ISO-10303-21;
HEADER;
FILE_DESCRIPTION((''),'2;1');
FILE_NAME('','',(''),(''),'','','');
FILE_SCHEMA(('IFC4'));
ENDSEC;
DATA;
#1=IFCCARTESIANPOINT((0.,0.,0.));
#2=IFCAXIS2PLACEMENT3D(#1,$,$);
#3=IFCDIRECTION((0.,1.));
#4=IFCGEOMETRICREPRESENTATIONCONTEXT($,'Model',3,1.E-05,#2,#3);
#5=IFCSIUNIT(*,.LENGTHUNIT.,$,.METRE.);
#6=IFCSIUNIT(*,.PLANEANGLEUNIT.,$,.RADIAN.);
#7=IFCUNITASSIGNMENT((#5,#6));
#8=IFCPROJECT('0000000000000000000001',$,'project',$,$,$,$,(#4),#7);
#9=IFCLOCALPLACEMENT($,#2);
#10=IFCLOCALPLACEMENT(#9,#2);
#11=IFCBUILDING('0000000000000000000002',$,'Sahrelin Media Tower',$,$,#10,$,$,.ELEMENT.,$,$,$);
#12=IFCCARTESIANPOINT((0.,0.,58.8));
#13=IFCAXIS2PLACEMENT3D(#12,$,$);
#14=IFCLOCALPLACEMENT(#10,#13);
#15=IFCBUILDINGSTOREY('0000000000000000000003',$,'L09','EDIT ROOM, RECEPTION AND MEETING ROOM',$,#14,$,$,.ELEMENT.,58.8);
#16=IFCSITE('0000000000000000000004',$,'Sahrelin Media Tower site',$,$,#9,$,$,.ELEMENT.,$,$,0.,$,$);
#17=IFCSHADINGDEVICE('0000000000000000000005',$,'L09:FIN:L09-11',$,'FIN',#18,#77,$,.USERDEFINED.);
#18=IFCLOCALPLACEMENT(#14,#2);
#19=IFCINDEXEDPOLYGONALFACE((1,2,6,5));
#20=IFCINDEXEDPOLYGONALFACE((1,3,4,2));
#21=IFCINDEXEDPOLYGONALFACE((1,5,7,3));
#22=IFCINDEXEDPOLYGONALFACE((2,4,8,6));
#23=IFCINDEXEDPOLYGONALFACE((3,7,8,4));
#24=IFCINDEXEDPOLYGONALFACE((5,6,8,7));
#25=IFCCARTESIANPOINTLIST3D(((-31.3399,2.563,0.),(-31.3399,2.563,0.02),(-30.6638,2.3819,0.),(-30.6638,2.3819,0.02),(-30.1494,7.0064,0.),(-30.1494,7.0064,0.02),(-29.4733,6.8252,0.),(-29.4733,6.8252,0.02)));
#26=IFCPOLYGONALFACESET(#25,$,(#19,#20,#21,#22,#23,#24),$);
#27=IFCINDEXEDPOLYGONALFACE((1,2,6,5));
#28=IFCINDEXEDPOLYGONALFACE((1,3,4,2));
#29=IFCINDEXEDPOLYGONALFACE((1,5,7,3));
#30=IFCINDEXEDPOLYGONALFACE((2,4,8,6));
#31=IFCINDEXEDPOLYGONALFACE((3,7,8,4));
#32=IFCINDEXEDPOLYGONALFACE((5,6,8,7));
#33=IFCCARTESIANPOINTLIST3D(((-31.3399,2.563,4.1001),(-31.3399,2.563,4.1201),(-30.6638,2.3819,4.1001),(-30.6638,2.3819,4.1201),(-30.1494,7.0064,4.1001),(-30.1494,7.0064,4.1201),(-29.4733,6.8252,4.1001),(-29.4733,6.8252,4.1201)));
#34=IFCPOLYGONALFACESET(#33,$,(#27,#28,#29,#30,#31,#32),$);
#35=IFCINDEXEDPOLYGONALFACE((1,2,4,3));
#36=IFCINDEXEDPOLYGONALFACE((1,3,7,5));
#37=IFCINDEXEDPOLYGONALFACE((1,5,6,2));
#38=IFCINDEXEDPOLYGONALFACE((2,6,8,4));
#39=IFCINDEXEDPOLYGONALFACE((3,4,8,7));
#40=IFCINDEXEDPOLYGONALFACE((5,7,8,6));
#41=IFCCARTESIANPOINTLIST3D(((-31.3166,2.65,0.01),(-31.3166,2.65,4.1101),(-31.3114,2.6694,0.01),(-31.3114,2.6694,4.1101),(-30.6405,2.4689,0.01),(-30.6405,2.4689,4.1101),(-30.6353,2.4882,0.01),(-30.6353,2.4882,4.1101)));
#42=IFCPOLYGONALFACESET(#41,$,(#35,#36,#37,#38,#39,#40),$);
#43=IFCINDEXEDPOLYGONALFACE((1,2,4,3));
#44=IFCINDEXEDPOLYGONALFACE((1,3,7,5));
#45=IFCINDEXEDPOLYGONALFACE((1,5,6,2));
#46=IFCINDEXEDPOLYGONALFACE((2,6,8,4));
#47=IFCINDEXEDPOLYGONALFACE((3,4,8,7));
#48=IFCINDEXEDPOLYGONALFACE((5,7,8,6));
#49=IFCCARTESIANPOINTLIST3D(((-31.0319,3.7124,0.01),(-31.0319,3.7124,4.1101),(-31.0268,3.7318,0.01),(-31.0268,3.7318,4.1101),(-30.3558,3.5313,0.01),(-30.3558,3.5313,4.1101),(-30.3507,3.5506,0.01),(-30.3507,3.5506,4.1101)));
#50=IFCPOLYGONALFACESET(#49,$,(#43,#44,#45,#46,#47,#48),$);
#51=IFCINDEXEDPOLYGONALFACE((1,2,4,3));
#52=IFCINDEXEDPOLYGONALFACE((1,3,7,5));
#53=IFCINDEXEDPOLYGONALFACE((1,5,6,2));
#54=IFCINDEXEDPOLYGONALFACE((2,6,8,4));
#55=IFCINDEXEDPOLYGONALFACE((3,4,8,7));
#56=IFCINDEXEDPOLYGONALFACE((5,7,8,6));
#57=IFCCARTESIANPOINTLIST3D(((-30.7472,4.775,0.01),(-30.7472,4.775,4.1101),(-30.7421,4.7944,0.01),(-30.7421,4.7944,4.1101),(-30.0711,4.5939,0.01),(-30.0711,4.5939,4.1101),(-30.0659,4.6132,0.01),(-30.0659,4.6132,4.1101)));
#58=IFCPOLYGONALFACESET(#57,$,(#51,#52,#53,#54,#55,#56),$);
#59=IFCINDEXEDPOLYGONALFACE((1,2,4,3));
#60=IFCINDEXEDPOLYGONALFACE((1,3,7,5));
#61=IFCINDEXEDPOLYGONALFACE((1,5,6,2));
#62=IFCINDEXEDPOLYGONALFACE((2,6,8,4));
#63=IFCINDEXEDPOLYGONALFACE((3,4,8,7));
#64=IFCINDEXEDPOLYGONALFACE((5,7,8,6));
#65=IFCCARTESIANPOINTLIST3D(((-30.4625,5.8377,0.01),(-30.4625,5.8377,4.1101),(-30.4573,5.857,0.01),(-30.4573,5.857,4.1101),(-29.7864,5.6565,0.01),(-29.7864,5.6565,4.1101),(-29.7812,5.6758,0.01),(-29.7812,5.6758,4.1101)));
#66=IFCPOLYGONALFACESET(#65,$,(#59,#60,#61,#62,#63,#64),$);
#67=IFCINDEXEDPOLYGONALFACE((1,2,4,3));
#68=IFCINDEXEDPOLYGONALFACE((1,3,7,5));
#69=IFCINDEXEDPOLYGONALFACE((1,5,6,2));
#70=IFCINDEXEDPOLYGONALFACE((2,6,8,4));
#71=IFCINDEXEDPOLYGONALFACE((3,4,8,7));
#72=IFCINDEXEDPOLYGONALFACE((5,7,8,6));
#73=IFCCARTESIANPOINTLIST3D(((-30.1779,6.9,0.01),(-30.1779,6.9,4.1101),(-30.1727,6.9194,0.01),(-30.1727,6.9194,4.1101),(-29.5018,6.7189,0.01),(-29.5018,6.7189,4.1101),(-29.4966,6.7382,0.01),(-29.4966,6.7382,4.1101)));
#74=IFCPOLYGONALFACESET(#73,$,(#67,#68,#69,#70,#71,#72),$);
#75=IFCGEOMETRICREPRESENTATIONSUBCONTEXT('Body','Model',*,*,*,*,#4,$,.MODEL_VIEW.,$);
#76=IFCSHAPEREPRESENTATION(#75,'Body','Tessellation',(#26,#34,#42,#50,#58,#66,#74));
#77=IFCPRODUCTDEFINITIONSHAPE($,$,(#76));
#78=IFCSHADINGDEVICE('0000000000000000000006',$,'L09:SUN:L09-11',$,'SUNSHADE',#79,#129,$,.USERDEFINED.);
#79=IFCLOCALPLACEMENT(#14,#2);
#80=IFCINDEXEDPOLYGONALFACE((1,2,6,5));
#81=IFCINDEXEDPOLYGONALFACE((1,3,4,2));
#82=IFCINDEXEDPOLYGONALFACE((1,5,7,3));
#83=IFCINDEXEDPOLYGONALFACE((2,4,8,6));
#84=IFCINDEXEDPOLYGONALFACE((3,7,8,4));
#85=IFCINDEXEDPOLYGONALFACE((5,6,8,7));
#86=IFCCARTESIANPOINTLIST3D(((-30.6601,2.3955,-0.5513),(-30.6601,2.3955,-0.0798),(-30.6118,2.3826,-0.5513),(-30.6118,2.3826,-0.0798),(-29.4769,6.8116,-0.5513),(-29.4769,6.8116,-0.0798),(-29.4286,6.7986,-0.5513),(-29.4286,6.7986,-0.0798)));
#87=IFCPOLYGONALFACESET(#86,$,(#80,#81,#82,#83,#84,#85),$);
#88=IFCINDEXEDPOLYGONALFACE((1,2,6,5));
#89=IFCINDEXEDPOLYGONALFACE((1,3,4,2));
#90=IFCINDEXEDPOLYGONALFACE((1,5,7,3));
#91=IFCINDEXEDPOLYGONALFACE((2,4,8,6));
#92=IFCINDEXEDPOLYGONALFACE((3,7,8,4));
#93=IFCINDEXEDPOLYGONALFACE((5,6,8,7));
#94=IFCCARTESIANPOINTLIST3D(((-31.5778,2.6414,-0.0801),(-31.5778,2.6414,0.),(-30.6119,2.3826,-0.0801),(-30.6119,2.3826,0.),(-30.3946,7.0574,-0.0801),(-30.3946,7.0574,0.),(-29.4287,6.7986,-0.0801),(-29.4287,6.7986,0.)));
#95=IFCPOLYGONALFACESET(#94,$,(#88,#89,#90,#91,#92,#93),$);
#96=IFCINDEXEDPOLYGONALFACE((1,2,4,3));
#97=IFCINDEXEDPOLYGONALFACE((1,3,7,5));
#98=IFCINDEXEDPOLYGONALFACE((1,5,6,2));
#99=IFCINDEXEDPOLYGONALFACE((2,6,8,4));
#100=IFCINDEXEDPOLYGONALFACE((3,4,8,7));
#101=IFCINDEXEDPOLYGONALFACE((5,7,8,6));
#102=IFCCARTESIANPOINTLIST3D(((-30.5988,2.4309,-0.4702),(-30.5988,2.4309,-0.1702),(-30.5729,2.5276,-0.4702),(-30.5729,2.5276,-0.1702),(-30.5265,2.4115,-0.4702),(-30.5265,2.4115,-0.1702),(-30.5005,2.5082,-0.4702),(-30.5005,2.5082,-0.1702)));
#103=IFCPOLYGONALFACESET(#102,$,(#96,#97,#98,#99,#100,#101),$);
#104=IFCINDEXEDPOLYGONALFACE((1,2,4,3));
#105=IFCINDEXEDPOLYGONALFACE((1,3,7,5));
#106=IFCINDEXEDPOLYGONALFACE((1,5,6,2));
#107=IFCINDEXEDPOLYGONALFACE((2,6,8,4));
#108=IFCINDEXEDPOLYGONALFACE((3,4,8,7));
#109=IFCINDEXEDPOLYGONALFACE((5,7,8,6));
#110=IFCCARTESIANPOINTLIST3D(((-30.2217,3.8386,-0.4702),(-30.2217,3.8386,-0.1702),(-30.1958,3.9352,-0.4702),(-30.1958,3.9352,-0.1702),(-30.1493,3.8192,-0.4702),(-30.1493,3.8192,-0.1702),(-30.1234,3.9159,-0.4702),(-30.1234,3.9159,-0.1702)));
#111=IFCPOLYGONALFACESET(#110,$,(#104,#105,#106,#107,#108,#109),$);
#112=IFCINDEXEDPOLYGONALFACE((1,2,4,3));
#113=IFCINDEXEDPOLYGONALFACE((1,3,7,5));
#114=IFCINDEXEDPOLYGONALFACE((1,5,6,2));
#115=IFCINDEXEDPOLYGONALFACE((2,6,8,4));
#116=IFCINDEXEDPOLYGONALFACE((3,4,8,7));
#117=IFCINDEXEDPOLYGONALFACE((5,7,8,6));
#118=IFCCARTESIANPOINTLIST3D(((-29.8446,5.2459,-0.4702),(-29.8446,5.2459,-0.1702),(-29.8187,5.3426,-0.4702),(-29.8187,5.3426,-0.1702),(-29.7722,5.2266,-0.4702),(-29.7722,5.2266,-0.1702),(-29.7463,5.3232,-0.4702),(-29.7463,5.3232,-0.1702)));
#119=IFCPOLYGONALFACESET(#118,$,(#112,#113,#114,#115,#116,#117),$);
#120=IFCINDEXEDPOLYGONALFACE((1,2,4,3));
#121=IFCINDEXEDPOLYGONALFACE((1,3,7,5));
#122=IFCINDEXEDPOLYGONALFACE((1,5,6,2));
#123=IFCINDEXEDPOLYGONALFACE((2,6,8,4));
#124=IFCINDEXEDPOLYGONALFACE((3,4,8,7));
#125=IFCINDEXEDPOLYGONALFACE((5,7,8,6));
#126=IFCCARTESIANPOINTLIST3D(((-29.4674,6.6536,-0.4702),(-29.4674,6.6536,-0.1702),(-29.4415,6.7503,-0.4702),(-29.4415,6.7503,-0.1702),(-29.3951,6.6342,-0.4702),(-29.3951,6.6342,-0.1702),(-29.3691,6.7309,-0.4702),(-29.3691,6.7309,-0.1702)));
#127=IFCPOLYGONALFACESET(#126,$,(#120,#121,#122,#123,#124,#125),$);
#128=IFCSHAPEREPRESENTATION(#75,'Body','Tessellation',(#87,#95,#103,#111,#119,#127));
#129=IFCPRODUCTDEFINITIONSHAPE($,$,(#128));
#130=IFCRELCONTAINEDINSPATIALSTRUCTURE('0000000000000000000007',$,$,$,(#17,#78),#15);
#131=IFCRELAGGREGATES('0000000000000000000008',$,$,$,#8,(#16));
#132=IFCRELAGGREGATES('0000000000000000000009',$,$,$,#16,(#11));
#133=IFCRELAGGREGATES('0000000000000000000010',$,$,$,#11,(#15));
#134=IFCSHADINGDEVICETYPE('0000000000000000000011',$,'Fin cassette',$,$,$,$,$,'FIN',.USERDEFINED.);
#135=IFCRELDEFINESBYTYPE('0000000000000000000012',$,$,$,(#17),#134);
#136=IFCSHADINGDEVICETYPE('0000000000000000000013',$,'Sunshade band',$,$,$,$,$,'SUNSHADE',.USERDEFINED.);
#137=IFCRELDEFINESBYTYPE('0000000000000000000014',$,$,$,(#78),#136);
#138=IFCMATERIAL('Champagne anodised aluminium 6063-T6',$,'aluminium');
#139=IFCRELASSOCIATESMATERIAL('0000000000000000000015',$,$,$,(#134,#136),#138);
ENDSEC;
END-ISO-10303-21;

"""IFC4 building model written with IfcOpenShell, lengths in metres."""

from ifc_helpers import new_model, si_unit, direction, frame, origin, origin_2d, place, context, subcontext, project, spatial, rectangle, extrude, material, type_object, element, save


model = new_model("IFC4")

# Units and contexts
model_context = context("Model", 3, precision=1e-05, world=origin(), true_north=direction((0.0, 1.0)))
body_context = subcontext(model_context, "Body", "Model", "MODEL_VIEW")
ifc_project = project(units=[si_unit("LENGTHUNIT", "METRE"), si_unit("PLANEANGLEUNIT", "RADIAN")], contexts=[model_context])

# Site, building, storey
site_placement = place(None, origin())
site = spatial("IfcSite", under=ifc_project, at=site_placement, Name="Sahrelin Media Tower site", CompositionType="ELEMENT", RefElevation=0.0)
building_placement = place(site_placement, origin())
building = spatial("IfcBuilding", under=site, at=building_placement, Name="Sahrelin Media Tower", CompositionType="ELEMENT")
storey_placement = place(building_placement, frame((0.0, 0.0, 58.8)))
storey = spatial("IfcBuildingStorey", under=building, at=storey_placement, Name="L09", Description="EDIT ROOM, RECEPTION AND MEETING ROOM", CompositionType="ELEMENT", Elevation=58.8)

# Shared definitions
ifc_material_1 = material(Name="Champagne anodised aluminium 6063-T6", Category="aluminium")

# Shading devices
shading_device_type_1 = type_object("IfcShadingDeviceType", Name="Fin cassette", ElementType="FIN", PredefinedType="USERDEFINED", material=ifc_material_1)
placement = place(storey_placement, frame((-30.001, 4.5854, 0.0), z_axis=(0.0, 0.0, 1.0), x_axis=(0.258808, 0.965929, 0.0)))
element("IfcShadingDevice", 1, at=placement, inside=storey, type_object=shading_device_type_1, Name="L09:FIN:L09-11", ObjectType="FIN", PredefinedType="USERDEFINED", context=body_context, shape_type="SweptSolid", body=[
    extrude(rectangle(XDim=4.6001, YDim=0.7, at=origin_2d()), frame((0.0, 0.4199, 0.0)), (0.0, 0.0, 1.0), 0.02),
    extrude(rectangle(XDim=4.6001, YDim=0.7, at=origin_2d()), frame((0.0, 0.4199, 4.1001)), (0.0, 0.0, 1.0), 0.02),
    extrude(rectangle(XDim=0.02, YDim=0.7, at=origin_2d()), frame((-2.2, 0.4199, 0.01), z_axis=(0.0, 0.0, 1.0), x_axis=(1.0, 0.0, 0.0)), (0.0, 0.0, 1.0), 4.1001),
    extrude(rectangle(XDim=0.02, YDim=0.7, at=origin_2d()), frame((-1.1001, 0.4199, 0.01), z_axis=(0.0, 0.0, 1.0), x_axis=(1.0, 0.0, 0.0)), (0.0, 0.0, 1.0), 4.1001),
    extrude(rectangle(XDim=0.02, YDim=0.7, at=origin_2d()), frame((0.0, 0.4199, 0.01), z_axis=(0.0, 0.0, 1.0), x_axis=(1.0, 0.0, 0.0)), (0.0, 0.0, 1.0), 4.1001),
    extrude(rectangle(XDim=0.02, YDim=0.7, at=origin_2d()), frame((1.1001, 0.4199, 0.01), z_axis=(0.0, 0.0, 1.0), x_axis=(1.0, 0.0, 0.0)), (0.0, 0.0, 1.0), 4.1001),
    extrude(rectangle(XDim=0.02, YDim=0.7, at=origin_2d()), frame((2.2, 0.4199, 0.01), z_axis=(0.0, 0.0, 1.0), x_axis=(1.0, 0.0, 0.0)), (0.0, 0.0, 1.0), 4.1001),
])
shading_device_type_2 = type_object("IfcShadingDeviceType", Name="Sunshade band", ElementType="SUNSHADE", PredefinedType="USERDEFINED", material=ifc_material_1)
element("IfcShadingDevice", 2, at=placement, inside=storey, type_object=shading_device_type_2, Name="L09:SUN:L09-11", ObjectType="SUNSHADE", PredefinedType="USERDEFINED", context=body_context, shape_type="SweptSolid", body=[
    extrude(rectangle(XDim=4.5718, YDim=0.05, at=origin_2d()), frame((0.0, 0.0449, -0.5513)), (0.0, 0.0, 1.0), 0.4714),
    extrude(rectangle(XDim=4.5718, YDim=1.0, at=origin_2d()), frame((0.0, 0.52, -0.0801)), (0.0, 0.0, 1.0), 0.0801),
    extrude(rectangle(XDim=0.1001, YDim=0.075, at=origin_2d()), frame((-2.1858, -0.0176, -0.4702)), (0.0, 0.0, 1.0), 0.3),
    extrude(rectangle(XDim=0.1001, YDim=0.075, at=origin_2d()), frame((-0.7285, -0.0176, -0.4702)), (0.0, 0.0, 1.0), 0.3),
    extrude(rectangle(XDim=0.1001, YDim=0.075, at=origin_2d()), frame((0.7285, -0.0176, -0.4702)), (0.0, 0.0, 1.0), 0.3),
    extrude(rectangle(XDim=0.1001, YDim=0.075, at=origin_2d()), frame((2.1858, -0.0176, -0.4702)), (0.0, 0.0, 1.0), 0.3),
])

save(model, "model.ifc")
